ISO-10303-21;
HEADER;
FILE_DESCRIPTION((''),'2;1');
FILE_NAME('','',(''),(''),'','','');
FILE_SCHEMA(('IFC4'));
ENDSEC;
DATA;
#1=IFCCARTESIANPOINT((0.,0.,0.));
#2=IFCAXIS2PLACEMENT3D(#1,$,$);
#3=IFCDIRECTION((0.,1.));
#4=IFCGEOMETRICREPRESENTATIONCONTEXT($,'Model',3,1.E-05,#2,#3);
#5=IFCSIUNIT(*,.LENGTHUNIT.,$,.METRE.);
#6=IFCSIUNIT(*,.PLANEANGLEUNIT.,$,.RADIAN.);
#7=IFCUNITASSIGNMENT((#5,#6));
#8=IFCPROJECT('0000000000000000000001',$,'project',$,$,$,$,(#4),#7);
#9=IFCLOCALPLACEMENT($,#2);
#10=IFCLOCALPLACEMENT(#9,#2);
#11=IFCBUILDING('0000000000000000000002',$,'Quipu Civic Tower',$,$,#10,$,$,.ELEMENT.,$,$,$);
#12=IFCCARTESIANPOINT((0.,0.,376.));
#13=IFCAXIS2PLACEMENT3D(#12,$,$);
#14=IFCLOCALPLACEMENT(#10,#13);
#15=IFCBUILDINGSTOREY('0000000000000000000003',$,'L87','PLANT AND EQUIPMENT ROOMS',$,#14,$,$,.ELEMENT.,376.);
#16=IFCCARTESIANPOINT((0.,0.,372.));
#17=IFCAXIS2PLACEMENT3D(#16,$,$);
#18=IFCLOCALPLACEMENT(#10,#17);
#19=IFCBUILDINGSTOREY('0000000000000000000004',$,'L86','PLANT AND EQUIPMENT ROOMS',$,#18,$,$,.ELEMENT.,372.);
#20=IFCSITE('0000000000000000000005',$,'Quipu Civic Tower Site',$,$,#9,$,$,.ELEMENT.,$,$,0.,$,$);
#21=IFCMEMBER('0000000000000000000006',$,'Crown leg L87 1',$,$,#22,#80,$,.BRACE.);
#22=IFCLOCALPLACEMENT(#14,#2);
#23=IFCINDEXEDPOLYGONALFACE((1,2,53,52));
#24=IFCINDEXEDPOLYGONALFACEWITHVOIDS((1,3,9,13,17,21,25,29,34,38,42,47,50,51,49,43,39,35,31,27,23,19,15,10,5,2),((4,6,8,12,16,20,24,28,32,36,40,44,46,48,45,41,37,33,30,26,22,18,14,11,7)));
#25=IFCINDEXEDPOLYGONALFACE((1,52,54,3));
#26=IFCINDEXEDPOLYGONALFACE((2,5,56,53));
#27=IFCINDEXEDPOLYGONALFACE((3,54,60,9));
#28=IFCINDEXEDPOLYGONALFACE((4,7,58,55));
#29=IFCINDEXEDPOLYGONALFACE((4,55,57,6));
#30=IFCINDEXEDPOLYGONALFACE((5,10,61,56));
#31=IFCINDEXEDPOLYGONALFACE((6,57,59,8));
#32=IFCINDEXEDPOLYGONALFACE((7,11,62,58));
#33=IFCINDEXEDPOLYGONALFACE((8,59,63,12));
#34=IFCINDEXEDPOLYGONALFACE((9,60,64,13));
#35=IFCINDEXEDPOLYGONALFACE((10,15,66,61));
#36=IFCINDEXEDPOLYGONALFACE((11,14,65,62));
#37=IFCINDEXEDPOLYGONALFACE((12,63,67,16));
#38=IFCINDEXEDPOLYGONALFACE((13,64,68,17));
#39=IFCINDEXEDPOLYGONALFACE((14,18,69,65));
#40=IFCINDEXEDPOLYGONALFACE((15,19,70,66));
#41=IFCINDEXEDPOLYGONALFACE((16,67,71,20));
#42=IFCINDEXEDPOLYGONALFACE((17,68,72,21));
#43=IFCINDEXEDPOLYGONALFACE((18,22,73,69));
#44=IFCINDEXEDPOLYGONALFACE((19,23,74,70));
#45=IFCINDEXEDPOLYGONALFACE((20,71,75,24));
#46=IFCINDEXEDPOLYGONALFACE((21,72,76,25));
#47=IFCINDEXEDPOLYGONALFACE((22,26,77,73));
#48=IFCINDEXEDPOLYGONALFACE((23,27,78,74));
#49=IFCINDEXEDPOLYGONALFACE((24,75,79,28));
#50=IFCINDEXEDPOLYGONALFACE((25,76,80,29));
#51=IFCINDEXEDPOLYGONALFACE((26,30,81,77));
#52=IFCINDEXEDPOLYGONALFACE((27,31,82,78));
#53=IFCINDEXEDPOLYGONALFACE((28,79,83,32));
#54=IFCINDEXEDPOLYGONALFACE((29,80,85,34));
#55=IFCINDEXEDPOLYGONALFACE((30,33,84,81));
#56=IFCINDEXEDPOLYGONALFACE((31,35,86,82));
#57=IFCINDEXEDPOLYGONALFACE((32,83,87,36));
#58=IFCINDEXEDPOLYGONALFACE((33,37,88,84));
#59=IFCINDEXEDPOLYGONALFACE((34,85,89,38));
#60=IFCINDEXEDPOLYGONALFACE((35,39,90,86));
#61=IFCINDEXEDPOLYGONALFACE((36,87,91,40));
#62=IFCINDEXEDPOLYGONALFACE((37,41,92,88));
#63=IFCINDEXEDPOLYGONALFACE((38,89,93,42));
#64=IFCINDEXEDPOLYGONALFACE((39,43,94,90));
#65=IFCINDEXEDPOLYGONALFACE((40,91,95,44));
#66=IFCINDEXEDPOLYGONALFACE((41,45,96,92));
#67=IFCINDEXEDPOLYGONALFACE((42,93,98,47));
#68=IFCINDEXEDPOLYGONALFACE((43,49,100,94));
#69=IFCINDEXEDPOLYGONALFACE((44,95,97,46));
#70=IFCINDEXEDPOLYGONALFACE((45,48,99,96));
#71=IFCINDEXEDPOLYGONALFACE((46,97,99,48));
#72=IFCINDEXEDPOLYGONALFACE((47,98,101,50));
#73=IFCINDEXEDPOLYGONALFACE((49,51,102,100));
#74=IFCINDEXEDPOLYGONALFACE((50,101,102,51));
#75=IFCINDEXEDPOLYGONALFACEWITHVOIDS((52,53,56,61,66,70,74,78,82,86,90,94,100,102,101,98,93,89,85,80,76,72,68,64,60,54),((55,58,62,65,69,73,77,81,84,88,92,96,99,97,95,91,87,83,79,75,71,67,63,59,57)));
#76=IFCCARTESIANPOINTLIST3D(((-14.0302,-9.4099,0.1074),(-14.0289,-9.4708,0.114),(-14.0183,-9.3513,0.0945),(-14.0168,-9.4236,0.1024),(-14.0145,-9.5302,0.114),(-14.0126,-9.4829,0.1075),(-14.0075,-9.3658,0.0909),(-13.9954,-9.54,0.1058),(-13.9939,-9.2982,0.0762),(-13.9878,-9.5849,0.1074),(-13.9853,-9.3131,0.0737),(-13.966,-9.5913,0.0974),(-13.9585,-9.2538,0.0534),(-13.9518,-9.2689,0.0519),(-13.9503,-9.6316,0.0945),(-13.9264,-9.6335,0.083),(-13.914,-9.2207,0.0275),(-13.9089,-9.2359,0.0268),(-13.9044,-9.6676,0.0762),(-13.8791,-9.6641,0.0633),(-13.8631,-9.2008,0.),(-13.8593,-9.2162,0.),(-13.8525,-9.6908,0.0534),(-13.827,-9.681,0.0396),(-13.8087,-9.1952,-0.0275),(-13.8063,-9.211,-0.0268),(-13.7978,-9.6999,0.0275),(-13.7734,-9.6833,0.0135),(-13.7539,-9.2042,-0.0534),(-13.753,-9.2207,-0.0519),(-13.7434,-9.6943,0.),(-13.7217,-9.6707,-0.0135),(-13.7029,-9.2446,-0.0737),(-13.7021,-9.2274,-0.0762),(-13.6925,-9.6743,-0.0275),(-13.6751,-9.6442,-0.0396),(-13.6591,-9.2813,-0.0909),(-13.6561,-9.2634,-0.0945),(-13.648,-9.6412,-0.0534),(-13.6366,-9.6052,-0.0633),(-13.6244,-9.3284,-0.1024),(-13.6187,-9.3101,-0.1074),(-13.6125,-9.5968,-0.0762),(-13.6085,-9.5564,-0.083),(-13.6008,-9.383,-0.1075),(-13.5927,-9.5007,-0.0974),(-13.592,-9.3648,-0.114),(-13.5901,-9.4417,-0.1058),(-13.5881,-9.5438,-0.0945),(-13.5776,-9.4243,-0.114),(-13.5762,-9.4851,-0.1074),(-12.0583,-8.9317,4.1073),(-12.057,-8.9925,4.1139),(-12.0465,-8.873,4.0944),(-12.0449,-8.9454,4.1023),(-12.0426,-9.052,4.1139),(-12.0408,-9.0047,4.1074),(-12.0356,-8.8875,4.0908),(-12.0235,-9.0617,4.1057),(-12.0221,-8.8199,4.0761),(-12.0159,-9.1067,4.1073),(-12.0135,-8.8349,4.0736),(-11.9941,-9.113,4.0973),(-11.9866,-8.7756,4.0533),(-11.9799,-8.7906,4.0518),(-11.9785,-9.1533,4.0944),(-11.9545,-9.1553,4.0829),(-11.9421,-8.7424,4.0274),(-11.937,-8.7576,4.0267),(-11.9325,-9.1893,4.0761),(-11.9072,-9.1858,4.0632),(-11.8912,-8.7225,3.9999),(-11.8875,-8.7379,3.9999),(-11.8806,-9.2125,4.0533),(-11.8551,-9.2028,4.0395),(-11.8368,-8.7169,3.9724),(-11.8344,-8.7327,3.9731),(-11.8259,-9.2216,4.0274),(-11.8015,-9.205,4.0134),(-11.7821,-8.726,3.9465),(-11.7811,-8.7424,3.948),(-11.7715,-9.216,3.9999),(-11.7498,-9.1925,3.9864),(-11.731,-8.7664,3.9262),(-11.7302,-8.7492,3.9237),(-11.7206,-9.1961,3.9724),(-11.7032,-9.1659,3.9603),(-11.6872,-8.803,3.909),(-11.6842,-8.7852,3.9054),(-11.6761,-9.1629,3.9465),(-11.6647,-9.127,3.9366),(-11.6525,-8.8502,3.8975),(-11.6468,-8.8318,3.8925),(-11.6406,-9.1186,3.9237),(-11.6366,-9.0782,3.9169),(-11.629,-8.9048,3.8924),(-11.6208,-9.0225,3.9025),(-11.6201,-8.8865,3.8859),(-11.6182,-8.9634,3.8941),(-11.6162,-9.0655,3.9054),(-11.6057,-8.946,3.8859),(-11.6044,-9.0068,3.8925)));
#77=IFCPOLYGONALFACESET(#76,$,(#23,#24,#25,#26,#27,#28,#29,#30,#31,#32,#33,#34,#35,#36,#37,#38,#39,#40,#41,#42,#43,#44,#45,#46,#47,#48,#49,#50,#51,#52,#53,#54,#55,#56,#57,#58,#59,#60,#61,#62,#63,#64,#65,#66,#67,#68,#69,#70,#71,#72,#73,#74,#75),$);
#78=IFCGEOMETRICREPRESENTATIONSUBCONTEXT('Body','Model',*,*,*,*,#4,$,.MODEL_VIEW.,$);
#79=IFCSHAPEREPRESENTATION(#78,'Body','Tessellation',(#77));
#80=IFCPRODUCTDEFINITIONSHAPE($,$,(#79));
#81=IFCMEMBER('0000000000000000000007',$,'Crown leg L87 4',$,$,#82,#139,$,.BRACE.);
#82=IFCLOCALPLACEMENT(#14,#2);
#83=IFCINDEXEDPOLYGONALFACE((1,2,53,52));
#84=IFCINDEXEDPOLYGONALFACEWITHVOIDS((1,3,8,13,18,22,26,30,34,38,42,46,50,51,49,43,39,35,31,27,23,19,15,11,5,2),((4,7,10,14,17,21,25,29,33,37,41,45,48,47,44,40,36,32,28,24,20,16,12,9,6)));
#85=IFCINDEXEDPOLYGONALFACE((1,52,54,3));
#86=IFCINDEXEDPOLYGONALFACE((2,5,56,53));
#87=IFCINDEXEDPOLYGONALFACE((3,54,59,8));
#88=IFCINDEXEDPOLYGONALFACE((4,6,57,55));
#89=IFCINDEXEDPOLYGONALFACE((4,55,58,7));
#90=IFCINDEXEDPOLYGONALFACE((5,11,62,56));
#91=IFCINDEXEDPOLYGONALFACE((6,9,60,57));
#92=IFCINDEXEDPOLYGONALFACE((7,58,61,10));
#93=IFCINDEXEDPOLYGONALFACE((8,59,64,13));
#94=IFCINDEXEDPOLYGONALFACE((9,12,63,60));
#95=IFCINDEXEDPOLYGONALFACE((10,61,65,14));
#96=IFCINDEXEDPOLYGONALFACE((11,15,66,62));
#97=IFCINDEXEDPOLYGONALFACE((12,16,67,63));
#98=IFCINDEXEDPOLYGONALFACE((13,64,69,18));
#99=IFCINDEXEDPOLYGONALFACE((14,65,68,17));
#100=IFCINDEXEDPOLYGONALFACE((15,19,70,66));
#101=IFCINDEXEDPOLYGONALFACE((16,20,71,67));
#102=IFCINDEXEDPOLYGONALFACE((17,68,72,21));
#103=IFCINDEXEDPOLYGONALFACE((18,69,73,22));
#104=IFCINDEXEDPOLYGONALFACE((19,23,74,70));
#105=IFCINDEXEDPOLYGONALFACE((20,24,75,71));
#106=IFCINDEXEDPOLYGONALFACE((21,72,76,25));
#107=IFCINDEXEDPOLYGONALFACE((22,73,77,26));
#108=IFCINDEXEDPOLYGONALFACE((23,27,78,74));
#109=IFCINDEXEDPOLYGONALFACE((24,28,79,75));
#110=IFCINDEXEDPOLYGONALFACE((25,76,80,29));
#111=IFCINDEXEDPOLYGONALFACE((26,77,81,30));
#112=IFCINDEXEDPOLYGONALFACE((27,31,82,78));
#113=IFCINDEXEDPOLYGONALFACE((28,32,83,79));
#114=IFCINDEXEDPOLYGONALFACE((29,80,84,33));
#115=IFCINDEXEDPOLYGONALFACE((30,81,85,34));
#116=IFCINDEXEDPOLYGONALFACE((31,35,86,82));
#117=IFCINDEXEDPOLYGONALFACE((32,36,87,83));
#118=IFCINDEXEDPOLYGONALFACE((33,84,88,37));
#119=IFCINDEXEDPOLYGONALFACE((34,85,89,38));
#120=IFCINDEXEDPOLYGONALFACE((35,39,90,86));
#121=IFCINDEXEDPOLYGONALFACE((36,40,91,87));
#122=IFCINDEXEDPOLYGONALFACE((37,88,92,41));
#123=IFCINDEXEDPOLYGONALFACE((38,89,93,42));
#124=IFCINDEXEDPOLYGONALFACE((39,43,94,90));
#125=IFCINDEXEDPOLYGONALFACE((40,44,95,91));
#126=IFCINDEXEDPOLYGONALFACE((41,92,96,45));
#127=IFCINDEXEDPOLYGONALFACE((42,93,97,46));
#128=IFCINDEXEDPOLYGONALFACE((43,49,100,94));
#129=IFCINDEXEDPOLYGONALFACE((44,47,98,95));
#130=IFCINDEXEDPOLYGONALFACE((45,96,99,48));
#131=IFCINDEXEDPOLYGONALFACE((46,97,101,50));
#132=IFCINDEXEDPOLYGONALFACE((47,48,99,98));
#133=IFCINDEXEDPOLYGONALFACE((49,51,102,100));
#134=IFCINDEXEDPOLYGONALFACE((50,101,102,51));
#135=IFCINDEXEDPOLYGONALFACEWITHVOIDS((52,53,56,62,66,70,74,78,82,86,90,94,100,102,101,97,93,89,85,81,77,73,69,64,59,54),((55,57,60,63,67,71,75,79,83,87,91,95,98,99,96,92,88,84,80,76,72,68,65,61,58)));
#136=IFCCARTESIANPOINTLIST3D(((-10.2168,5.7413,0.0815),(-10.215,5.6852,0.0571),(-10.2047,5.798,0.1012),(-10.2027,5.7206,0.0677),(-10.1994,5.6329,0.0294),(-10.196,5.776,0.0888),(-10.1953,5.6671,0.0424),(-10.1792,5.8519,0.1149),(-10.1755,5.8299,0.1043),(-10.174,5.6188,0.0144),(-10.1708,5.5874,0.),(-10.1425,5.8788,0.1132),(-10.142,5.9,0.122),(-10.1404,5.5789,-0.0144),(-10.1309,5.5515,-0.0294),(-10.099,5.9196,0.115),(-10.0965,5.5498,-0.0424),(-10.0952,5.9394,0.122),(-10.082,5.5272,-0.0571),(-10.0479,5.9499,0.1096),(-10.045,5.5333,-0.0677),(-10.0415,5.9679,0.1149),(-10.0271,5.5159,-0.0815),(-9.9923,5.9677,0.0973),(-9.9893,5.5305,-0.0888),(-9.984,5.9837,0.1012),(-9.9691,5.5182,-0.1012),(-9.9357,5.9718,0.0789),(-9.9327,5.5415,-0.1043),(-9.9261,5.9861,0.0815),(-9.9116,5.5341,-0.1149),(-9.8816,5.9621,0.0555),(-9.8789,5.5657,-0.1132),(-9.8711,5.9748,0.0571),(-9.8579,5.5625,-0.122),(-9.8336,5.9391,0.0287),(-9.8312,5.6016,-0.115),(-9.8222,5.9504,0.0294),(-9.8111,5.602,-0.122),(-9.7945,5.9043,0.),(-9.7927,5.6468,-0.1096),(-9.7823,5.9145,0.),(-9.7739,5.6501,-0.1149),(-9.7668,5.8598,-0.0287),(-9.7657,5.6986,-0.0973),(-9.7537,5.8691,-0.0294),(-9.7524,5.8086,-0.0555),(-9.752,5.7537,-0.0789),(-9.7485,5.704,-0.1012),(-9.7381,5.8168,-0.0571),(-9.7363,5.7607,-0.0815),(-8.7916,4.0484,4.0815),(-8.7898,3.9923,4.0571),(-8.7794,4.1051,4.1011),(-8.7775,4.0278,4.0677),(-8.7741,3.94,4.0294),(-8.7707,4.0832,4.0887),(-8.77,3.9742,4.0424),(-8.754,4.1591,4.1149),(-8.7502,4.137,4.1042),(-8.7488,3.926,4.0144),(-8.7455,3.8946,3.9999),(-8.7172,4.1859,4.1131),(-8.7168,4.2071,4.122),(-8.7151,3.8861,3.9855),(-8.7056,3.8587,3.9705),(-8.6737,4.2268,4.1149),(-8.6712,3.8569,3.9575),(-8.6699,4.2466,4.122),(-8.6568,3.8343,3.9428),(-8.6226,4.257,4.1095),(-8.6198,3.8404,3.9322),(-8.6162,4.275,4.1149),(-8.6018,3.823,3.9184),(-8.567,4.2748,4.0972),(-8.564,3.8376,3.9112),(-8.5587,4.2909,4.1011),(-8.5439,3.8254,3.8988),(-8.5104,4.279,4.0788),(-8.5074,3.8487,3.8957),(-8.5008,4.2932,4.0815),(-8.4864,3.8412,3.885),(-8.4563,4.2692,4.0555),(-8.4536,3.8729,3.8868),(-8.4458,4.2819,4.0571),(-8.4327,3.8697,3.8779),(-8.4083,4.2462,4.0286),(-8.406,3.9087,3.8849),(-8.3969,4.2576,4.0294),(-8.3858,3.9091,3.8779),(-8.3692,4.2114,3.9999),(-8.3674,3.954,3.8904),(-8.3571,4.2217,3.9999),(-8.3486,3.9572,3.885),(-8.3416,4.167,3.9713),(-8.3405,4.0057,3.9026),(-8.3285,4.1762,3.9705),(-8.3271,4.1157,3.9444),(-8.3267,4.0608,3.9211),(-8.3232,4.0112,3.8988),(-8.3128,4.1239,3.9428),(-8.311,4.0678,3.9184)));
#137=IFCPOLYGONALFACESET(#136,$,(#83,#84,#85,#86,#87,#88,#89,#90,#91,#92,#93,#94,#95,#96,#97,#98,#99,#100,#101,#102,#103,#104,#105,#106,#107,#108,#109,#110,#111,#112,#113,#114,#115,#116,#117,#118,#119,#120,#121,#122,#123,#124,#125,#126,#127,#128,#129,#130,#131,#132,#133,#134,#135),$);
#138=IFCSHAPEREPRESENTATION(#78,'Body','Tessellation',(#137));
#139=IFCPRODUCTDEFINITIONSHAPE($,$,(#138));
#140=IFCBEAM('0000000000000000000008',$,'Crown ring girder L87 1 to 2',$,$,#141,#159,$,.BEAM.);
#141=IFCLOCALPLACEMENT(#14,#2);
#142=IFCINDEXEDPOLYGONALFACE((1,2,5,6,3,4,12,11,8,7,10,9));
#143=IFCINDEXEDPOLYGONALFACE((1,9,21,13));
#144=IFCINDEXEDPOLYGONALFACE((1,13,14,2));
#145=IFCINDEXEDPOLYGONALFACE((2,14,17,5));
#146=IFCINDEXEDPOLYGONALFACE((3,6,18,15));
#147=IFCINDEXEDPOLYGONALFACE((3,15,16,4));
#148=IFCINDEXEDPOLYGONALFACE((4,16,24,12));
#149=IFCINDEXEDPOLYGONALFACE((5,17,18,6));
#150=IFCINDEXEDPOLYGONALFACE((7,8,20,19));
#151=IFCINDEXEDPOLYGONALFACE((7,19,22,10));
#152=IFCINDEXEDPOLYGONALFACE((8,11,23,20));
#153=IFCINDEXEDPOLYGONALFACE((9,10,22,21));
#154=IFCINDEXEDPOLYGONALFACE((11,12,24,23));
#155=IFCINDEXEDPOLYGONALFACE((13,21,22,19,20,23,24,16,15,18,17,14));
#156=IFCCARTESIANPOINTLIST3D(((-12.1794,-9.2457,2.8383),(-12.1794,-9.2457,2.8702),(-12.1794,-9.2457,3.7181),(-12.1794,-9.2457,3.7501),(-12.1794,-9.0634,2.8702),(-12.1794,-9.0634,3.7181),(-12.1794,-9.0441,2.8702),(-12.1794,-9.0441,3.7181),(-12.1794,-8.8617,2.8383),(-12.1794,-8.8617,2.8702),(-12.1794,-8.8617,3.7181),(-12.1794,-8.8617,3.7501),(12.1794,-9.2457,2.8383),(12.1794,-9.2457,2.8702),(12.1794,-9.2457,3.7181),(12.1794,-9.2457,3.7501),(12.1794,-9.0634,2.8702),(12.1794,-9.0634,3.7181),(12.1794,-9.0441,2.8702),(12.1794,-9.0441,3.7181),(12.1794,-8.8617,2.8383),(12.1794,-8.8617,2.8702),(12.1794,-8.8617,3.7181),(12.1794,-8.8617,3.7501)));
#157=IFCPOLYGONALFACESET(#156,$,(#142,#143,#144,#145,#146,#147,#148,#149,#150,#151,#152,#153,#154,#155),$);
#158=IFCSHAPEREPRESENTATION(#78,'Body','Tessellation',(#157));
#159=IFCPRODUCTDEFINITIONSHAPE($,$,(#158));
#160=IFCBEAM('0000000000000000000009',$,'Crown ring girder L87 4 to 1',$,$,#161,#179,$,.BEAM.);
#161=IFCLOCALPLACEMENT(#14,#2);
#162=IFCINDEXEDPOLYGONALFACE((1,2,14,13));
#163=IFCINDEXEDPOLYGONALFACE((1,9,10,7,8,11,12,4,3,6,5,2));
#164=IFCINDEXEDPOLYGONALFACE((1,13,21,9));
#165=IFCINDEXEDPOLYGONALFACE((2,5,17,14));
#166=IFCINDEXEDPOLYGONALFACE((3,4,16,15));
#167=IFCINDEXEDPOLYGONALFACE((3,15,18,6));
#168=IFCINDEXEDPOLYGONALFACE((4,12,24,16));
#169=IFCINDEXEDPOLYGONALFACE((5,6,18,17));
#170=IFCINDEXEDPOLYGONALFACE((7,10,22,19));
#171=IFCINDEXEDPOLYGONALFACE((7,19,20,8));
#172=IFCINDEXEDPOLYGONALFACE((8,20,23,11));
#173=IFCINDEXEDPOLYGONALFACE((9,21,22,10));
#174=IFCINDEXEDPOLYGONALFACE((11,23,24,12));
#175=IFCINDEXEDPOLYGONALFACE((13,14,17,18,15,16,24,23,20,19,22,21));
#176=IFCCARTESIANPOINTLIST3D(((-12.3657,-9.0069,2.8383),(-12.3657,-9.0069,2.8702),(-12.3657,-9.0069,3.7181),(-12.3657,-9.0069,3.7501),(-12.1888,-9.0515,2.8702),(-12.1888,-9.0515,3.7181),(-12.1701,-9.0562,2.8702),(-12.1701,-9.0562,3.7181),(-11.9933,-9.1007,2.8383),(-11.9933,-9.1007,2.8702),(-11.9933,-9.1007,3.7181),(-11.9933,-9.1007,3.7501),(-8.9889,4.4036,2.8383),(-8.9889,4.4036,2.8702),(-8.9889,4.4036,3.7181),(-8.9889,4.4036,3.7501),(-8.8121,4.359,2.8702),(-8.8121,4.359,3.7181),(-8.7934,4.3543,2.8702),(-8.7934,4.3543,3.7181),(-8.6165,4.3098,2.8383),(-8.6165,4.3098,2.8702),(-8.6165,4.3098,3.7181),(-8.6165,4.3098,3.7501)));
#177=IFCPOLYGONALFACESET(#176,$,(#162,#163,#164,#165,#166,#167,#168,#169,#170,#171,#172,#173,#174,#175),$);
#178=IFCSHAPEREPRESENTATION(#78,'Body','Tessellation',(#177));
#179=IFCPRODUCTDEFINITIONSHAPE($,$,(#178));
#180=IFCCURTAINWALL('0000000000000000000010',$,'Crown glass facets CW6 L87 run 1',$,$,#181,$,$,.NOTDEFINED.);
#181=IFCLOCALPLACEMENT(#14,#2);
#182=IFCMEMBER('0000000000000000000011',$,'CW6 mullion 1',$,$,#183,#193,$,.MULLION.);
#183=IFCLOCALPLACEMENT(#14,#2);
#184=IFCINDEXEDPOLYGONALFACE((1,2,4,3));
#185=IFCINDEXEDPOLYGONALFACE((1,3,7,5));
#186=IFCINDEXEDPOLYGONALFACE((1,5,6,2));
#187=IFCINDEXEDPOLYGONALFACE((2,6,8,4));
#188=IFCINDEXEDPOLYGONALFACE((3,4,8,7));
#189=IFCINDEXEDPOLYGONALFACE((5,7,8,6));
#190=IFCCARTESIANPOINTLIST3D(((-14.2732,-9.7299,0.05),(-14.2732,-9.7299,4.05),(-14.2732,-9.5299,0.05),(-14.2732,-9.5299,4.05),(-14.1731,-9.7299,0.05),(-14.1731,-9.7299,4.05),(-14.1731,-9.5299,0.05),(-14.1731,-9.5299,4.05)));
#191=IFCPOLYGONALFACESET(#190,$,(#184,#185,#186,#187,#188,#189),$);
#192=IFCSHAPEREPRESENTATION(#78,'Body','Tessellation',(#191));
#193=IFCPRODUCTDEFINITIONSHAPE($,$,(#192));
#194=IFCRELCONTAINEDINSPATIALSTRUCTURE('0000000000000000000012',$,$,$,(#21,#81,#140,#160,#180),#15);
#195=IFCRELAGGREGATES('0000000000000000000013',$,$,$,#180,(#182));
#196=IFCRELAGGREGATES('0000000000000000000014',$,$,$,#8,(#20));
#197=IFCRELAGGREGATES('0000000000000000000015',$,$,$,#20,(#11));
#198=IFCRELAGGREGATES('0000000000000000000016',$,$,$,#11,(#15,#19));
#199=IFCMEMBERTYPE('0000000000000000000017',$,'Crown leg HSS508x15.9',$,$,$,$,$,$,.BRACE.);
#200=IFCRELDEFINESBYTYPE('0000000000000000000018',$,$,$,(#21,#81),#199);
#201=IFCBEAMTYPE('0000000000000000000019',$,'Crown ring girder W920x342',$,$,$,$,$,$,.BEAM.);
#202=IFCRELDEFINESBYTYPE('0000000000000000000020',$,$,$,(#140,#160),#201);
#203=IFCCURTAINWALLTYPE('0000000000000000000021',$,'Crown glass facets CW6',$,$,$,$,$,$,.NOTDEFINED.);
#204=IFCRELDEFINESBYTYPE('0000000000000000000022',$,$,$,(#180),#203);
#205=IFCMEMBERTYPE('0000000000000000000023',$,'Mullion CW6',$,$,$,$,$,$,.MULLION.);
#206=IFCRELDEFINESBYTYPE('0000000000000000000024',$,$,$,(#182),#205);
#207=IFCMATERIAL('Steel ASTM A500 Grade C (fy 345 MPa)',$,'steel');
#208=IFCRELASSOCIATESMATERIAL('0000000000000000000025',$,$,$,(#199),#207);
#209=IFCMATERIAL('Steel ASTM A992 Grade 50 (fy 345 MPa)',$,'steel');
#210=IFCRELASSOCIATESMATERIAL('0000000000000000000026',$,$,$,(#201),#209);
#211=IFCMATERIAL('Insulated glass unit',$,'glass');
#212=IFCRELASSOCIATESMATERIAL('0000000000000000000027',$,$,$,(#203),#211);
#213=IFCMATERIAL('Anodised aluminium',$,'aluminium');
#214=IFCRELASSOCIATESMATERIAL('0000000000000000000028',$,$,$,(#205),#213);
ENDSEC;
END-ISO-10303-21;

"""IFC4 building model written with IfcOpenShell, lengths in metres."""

from ifc_helpers import new_model, si_unit, direction, frame, origin, origin_2d, place, context, subcontext, project, spatial, rectangle, hollow_circle, i_section, extrude, material, material_profile, profile_set, type_object, element, aggregate, save


model = new_model("IFC4")

# Units and contexts
model_context = context("Model", 3, precision=1e-05, world=origin(), true_north=direction((0.0, 1.0)))
body_context = subcontext(model_context, "Body", "Model", "MODEL_VIEW")
ifc_project = project(units=[si_unit("LENGTHUNIT", "METRE"), si_unit("PLANEANGLEUNIT", "RADIAN")], contexts=[model_context])

# Site, building, storey
site_placement = place(None, origin())
site = spatial("IfcSite", under=ifc_project, at=site_placement, Name="Quipu Civic Tower Site", CompositionType="ELEMENT", RefElevation=0.0)
building_placement = place(site_placement, origin())
building = spatial("IfcBuilding", under=site, at=building_placement, Name="Quipu Civic Tower", CompositionType="ELEMENT")
storey_1_placement = place(building_placement, frame((0.0, 0.0, 376.0)))
storey_1 = spatial("IfcBuildingStorey", under=building, at=storey_1_placement, Name="L87", Description="PLANT AND EQUIPMENT ROOMS", CompositionType="ELEMENT", Elevation=376.0)

# Members
ifc_material_1 = material(Name="Steel ASTM A500 Grade C (fy 345 MPa)", Category="steel")
ifc_material_profile_1 = material_profile(ifc_material_1, hollow_circle(Radius=0.2539, WallThickness=0.0159, at=origin_2d()), Name="HSS508x15.9")
ifc_profile_set_1 = profile_set([ifc_material_profile_1], Name="Steel ASTM A500 Grade C (fy 345 MPa)")
member_type_1 = type_object("IfcMemberType", Name="Crown leg HSS508x15.9", PredefinedType="BRACE", material=ifc_profile_set_1)
member_1_placement = place(storey_1_placement, frame((-13.8032, -9.4475, 0.0), z_axis=(0.439649, 0.106633, 0.891817), x_axis=(-0.235707, 0.971824, 0.0)))
element("IfcMember", 1, at=member_1_placement, inside=storey_1, type_object=member_type_1, Name="Crown leg L87 1", PredefinedType="BRACE", context=body_context, shape_type="SweptSolid", body=[
    extrude(hollow_circle(Radius=0.2539, WallThickness=0.0159, at=origin_2d()), origin(), (0.0, 0.0, 1.0), 4.4851),
])
member_2_placement = place(storey_1_placement, frame((-9.9766, 5.751, 0.0), z_axis=(0.311788, -0.370322, 0.875014), x_axis=(0.764974, 0.644061, 0.0)))
element("IfcMember", 2, at=member_2_placement, inside=storey_1, type_object=member_type_1, Name="Crown leg L87 4", PredefinedType="BRACE", context=body_context, shape_type="SweptSolid", body=[
    extrude(hollow_circle(Radius=0.2539, WallThickness=0.0159, at=origin_2d()), origin(), (0.0, 0.0, 1.0), 4.5713),
])

# Beams
ifc_material_2 = material(Name="Steel ASTM A992 Grade 50 (fy 345 MPa)", Category="steel")
ifc_material_profile_2 = material_profile(ifc_material_2, i_section(OverallWidth=0.384, OverallDepth=0.9119, WebThickness=0.0193, FlangeThickness=0.032, at=origin_2d()), Name="W920x342")
ifc_profile_set_2 = profile_set([ifc_material_profile_2], Name="Steel ASTM A992 Grade 50 (fy 345 MPa)")
beam_type = type_object("IfcBeamType", Name="Crown ring girder W920x342", PredefinedType="BEAM", material=ifc_profile_set_2)
beam_1_placement = place(storey_1_placement, frame((-12.1794, -9.0537, 3.2942), z_axis=(1.0, 0.0, 0.0), x_axis=(0.0, 1.0, 0.0)))
element("IfcBeam", 3, at=beam_1_placement, inside=storey_1, type_object=beam_type, Name="Crown ring girder L87 1 to 2", PredefinedType="BEAM", context=body_context, shape_type="SweptSolid", body=[
    extrude(i_section(OverallWidth=0.384, OverallDepth=0.9119, WebThickness=0.0193, FlangeThickness=0.032, at=origin_2d()), origin(), (0.0, 0.0, 1.0), 24.3589),
])
beam_2_placement = place(storey_1_placement, frame((-8.8027, 4.3567, 3.2942), z_axis=(-0.244176, -0.969731, 0.0), x_axis=(0.969731, -0.244176, 0.0)))
element("IfcBeam", 4, at=beam_2_placement, inside=storey_1, type_object=beam_type, Name="Crown ring girder L87 4 to 1", PredefinedType="BEAM", context=body_context, shape_type="SweptSolid", body=[
    extrude(i_section(OverallWidth=0.384, OverallDepth=0.9119, WebThickness=0.0193, FlangeThickness=0.032, at=origin_2d()), origin(), (0.0, 0.0, 1.0), 13.8291),
])

# Curtain wall, member
ifc_material_3 = material(Name="Insulated glass unit", Category="glass")
curtain_wall_type_1 = type_object("IfcCurtainWallType", Name="Crown glass facets CW6", PredefinedType="NOTDEFINED", material=ifc_material_3)
curtain_wall_1_placement = place(storey_1_placement, origin())
curtain_wall_1 = element("IfcCurtainWall", 5, at=curtain_wall_1_placement, inside=storey_1, type_object=curtain_wall_type_1, Name="Crown glass facets CW6 L87 run 1", PredefinedType="NOTDEFINED")
ifc_material_4 = material(Name="Anodised aluminium", Category="aluminium")
ifc_material_profile_3 = material_profile(ifc_material_4, rectangle(XDim=0.2, YDim=0.1001, at=origin_2d()), Name="RECT 200x100")
ifc_profile_set_3 = profile_set([ifc_material_profile_3], Name="Anodised aluminium")
member_type_2 = type_object("IfcMemberType", Name="Mullion CW6", PredefinedType="MULLION", material=ifc_profile_set_3)
member_3_placement = place(storey_1_placement, frame((-14.2231, -9.6299, 0.05), z_axis=(0.0, 0.0, 1.0), x_axis=(0.0, 1.0, 0.0)))
member_3 = element("IfcMember", 6, at=member_3_placement, type_object=member_type_2, Name="CW6 mullion 1", PredefinedType="MULLION", context=body_context, shape_type="SweptSolid", body=[
    extrude(rectangle(XDim=0.2, YDim=0.1001, at=origin_2d()), origin(), (0.0, 0.0, 1.0), 4.0),
])

# Shared definitions
storey_2_placement = place(building_placement, frame((0.0, 0.0, 372.0)))
storey_2 = spatial("IfcBuildingStorey", under=building, at=storey_2_placement, Name="L86", Description="PLANT AND EQUIPMENT ROOMS", CompositionType="ELEMENT", Elevation=372.0)

aggregate(curtain_wall_1, [member_3])

save(model, "model.ifc")
